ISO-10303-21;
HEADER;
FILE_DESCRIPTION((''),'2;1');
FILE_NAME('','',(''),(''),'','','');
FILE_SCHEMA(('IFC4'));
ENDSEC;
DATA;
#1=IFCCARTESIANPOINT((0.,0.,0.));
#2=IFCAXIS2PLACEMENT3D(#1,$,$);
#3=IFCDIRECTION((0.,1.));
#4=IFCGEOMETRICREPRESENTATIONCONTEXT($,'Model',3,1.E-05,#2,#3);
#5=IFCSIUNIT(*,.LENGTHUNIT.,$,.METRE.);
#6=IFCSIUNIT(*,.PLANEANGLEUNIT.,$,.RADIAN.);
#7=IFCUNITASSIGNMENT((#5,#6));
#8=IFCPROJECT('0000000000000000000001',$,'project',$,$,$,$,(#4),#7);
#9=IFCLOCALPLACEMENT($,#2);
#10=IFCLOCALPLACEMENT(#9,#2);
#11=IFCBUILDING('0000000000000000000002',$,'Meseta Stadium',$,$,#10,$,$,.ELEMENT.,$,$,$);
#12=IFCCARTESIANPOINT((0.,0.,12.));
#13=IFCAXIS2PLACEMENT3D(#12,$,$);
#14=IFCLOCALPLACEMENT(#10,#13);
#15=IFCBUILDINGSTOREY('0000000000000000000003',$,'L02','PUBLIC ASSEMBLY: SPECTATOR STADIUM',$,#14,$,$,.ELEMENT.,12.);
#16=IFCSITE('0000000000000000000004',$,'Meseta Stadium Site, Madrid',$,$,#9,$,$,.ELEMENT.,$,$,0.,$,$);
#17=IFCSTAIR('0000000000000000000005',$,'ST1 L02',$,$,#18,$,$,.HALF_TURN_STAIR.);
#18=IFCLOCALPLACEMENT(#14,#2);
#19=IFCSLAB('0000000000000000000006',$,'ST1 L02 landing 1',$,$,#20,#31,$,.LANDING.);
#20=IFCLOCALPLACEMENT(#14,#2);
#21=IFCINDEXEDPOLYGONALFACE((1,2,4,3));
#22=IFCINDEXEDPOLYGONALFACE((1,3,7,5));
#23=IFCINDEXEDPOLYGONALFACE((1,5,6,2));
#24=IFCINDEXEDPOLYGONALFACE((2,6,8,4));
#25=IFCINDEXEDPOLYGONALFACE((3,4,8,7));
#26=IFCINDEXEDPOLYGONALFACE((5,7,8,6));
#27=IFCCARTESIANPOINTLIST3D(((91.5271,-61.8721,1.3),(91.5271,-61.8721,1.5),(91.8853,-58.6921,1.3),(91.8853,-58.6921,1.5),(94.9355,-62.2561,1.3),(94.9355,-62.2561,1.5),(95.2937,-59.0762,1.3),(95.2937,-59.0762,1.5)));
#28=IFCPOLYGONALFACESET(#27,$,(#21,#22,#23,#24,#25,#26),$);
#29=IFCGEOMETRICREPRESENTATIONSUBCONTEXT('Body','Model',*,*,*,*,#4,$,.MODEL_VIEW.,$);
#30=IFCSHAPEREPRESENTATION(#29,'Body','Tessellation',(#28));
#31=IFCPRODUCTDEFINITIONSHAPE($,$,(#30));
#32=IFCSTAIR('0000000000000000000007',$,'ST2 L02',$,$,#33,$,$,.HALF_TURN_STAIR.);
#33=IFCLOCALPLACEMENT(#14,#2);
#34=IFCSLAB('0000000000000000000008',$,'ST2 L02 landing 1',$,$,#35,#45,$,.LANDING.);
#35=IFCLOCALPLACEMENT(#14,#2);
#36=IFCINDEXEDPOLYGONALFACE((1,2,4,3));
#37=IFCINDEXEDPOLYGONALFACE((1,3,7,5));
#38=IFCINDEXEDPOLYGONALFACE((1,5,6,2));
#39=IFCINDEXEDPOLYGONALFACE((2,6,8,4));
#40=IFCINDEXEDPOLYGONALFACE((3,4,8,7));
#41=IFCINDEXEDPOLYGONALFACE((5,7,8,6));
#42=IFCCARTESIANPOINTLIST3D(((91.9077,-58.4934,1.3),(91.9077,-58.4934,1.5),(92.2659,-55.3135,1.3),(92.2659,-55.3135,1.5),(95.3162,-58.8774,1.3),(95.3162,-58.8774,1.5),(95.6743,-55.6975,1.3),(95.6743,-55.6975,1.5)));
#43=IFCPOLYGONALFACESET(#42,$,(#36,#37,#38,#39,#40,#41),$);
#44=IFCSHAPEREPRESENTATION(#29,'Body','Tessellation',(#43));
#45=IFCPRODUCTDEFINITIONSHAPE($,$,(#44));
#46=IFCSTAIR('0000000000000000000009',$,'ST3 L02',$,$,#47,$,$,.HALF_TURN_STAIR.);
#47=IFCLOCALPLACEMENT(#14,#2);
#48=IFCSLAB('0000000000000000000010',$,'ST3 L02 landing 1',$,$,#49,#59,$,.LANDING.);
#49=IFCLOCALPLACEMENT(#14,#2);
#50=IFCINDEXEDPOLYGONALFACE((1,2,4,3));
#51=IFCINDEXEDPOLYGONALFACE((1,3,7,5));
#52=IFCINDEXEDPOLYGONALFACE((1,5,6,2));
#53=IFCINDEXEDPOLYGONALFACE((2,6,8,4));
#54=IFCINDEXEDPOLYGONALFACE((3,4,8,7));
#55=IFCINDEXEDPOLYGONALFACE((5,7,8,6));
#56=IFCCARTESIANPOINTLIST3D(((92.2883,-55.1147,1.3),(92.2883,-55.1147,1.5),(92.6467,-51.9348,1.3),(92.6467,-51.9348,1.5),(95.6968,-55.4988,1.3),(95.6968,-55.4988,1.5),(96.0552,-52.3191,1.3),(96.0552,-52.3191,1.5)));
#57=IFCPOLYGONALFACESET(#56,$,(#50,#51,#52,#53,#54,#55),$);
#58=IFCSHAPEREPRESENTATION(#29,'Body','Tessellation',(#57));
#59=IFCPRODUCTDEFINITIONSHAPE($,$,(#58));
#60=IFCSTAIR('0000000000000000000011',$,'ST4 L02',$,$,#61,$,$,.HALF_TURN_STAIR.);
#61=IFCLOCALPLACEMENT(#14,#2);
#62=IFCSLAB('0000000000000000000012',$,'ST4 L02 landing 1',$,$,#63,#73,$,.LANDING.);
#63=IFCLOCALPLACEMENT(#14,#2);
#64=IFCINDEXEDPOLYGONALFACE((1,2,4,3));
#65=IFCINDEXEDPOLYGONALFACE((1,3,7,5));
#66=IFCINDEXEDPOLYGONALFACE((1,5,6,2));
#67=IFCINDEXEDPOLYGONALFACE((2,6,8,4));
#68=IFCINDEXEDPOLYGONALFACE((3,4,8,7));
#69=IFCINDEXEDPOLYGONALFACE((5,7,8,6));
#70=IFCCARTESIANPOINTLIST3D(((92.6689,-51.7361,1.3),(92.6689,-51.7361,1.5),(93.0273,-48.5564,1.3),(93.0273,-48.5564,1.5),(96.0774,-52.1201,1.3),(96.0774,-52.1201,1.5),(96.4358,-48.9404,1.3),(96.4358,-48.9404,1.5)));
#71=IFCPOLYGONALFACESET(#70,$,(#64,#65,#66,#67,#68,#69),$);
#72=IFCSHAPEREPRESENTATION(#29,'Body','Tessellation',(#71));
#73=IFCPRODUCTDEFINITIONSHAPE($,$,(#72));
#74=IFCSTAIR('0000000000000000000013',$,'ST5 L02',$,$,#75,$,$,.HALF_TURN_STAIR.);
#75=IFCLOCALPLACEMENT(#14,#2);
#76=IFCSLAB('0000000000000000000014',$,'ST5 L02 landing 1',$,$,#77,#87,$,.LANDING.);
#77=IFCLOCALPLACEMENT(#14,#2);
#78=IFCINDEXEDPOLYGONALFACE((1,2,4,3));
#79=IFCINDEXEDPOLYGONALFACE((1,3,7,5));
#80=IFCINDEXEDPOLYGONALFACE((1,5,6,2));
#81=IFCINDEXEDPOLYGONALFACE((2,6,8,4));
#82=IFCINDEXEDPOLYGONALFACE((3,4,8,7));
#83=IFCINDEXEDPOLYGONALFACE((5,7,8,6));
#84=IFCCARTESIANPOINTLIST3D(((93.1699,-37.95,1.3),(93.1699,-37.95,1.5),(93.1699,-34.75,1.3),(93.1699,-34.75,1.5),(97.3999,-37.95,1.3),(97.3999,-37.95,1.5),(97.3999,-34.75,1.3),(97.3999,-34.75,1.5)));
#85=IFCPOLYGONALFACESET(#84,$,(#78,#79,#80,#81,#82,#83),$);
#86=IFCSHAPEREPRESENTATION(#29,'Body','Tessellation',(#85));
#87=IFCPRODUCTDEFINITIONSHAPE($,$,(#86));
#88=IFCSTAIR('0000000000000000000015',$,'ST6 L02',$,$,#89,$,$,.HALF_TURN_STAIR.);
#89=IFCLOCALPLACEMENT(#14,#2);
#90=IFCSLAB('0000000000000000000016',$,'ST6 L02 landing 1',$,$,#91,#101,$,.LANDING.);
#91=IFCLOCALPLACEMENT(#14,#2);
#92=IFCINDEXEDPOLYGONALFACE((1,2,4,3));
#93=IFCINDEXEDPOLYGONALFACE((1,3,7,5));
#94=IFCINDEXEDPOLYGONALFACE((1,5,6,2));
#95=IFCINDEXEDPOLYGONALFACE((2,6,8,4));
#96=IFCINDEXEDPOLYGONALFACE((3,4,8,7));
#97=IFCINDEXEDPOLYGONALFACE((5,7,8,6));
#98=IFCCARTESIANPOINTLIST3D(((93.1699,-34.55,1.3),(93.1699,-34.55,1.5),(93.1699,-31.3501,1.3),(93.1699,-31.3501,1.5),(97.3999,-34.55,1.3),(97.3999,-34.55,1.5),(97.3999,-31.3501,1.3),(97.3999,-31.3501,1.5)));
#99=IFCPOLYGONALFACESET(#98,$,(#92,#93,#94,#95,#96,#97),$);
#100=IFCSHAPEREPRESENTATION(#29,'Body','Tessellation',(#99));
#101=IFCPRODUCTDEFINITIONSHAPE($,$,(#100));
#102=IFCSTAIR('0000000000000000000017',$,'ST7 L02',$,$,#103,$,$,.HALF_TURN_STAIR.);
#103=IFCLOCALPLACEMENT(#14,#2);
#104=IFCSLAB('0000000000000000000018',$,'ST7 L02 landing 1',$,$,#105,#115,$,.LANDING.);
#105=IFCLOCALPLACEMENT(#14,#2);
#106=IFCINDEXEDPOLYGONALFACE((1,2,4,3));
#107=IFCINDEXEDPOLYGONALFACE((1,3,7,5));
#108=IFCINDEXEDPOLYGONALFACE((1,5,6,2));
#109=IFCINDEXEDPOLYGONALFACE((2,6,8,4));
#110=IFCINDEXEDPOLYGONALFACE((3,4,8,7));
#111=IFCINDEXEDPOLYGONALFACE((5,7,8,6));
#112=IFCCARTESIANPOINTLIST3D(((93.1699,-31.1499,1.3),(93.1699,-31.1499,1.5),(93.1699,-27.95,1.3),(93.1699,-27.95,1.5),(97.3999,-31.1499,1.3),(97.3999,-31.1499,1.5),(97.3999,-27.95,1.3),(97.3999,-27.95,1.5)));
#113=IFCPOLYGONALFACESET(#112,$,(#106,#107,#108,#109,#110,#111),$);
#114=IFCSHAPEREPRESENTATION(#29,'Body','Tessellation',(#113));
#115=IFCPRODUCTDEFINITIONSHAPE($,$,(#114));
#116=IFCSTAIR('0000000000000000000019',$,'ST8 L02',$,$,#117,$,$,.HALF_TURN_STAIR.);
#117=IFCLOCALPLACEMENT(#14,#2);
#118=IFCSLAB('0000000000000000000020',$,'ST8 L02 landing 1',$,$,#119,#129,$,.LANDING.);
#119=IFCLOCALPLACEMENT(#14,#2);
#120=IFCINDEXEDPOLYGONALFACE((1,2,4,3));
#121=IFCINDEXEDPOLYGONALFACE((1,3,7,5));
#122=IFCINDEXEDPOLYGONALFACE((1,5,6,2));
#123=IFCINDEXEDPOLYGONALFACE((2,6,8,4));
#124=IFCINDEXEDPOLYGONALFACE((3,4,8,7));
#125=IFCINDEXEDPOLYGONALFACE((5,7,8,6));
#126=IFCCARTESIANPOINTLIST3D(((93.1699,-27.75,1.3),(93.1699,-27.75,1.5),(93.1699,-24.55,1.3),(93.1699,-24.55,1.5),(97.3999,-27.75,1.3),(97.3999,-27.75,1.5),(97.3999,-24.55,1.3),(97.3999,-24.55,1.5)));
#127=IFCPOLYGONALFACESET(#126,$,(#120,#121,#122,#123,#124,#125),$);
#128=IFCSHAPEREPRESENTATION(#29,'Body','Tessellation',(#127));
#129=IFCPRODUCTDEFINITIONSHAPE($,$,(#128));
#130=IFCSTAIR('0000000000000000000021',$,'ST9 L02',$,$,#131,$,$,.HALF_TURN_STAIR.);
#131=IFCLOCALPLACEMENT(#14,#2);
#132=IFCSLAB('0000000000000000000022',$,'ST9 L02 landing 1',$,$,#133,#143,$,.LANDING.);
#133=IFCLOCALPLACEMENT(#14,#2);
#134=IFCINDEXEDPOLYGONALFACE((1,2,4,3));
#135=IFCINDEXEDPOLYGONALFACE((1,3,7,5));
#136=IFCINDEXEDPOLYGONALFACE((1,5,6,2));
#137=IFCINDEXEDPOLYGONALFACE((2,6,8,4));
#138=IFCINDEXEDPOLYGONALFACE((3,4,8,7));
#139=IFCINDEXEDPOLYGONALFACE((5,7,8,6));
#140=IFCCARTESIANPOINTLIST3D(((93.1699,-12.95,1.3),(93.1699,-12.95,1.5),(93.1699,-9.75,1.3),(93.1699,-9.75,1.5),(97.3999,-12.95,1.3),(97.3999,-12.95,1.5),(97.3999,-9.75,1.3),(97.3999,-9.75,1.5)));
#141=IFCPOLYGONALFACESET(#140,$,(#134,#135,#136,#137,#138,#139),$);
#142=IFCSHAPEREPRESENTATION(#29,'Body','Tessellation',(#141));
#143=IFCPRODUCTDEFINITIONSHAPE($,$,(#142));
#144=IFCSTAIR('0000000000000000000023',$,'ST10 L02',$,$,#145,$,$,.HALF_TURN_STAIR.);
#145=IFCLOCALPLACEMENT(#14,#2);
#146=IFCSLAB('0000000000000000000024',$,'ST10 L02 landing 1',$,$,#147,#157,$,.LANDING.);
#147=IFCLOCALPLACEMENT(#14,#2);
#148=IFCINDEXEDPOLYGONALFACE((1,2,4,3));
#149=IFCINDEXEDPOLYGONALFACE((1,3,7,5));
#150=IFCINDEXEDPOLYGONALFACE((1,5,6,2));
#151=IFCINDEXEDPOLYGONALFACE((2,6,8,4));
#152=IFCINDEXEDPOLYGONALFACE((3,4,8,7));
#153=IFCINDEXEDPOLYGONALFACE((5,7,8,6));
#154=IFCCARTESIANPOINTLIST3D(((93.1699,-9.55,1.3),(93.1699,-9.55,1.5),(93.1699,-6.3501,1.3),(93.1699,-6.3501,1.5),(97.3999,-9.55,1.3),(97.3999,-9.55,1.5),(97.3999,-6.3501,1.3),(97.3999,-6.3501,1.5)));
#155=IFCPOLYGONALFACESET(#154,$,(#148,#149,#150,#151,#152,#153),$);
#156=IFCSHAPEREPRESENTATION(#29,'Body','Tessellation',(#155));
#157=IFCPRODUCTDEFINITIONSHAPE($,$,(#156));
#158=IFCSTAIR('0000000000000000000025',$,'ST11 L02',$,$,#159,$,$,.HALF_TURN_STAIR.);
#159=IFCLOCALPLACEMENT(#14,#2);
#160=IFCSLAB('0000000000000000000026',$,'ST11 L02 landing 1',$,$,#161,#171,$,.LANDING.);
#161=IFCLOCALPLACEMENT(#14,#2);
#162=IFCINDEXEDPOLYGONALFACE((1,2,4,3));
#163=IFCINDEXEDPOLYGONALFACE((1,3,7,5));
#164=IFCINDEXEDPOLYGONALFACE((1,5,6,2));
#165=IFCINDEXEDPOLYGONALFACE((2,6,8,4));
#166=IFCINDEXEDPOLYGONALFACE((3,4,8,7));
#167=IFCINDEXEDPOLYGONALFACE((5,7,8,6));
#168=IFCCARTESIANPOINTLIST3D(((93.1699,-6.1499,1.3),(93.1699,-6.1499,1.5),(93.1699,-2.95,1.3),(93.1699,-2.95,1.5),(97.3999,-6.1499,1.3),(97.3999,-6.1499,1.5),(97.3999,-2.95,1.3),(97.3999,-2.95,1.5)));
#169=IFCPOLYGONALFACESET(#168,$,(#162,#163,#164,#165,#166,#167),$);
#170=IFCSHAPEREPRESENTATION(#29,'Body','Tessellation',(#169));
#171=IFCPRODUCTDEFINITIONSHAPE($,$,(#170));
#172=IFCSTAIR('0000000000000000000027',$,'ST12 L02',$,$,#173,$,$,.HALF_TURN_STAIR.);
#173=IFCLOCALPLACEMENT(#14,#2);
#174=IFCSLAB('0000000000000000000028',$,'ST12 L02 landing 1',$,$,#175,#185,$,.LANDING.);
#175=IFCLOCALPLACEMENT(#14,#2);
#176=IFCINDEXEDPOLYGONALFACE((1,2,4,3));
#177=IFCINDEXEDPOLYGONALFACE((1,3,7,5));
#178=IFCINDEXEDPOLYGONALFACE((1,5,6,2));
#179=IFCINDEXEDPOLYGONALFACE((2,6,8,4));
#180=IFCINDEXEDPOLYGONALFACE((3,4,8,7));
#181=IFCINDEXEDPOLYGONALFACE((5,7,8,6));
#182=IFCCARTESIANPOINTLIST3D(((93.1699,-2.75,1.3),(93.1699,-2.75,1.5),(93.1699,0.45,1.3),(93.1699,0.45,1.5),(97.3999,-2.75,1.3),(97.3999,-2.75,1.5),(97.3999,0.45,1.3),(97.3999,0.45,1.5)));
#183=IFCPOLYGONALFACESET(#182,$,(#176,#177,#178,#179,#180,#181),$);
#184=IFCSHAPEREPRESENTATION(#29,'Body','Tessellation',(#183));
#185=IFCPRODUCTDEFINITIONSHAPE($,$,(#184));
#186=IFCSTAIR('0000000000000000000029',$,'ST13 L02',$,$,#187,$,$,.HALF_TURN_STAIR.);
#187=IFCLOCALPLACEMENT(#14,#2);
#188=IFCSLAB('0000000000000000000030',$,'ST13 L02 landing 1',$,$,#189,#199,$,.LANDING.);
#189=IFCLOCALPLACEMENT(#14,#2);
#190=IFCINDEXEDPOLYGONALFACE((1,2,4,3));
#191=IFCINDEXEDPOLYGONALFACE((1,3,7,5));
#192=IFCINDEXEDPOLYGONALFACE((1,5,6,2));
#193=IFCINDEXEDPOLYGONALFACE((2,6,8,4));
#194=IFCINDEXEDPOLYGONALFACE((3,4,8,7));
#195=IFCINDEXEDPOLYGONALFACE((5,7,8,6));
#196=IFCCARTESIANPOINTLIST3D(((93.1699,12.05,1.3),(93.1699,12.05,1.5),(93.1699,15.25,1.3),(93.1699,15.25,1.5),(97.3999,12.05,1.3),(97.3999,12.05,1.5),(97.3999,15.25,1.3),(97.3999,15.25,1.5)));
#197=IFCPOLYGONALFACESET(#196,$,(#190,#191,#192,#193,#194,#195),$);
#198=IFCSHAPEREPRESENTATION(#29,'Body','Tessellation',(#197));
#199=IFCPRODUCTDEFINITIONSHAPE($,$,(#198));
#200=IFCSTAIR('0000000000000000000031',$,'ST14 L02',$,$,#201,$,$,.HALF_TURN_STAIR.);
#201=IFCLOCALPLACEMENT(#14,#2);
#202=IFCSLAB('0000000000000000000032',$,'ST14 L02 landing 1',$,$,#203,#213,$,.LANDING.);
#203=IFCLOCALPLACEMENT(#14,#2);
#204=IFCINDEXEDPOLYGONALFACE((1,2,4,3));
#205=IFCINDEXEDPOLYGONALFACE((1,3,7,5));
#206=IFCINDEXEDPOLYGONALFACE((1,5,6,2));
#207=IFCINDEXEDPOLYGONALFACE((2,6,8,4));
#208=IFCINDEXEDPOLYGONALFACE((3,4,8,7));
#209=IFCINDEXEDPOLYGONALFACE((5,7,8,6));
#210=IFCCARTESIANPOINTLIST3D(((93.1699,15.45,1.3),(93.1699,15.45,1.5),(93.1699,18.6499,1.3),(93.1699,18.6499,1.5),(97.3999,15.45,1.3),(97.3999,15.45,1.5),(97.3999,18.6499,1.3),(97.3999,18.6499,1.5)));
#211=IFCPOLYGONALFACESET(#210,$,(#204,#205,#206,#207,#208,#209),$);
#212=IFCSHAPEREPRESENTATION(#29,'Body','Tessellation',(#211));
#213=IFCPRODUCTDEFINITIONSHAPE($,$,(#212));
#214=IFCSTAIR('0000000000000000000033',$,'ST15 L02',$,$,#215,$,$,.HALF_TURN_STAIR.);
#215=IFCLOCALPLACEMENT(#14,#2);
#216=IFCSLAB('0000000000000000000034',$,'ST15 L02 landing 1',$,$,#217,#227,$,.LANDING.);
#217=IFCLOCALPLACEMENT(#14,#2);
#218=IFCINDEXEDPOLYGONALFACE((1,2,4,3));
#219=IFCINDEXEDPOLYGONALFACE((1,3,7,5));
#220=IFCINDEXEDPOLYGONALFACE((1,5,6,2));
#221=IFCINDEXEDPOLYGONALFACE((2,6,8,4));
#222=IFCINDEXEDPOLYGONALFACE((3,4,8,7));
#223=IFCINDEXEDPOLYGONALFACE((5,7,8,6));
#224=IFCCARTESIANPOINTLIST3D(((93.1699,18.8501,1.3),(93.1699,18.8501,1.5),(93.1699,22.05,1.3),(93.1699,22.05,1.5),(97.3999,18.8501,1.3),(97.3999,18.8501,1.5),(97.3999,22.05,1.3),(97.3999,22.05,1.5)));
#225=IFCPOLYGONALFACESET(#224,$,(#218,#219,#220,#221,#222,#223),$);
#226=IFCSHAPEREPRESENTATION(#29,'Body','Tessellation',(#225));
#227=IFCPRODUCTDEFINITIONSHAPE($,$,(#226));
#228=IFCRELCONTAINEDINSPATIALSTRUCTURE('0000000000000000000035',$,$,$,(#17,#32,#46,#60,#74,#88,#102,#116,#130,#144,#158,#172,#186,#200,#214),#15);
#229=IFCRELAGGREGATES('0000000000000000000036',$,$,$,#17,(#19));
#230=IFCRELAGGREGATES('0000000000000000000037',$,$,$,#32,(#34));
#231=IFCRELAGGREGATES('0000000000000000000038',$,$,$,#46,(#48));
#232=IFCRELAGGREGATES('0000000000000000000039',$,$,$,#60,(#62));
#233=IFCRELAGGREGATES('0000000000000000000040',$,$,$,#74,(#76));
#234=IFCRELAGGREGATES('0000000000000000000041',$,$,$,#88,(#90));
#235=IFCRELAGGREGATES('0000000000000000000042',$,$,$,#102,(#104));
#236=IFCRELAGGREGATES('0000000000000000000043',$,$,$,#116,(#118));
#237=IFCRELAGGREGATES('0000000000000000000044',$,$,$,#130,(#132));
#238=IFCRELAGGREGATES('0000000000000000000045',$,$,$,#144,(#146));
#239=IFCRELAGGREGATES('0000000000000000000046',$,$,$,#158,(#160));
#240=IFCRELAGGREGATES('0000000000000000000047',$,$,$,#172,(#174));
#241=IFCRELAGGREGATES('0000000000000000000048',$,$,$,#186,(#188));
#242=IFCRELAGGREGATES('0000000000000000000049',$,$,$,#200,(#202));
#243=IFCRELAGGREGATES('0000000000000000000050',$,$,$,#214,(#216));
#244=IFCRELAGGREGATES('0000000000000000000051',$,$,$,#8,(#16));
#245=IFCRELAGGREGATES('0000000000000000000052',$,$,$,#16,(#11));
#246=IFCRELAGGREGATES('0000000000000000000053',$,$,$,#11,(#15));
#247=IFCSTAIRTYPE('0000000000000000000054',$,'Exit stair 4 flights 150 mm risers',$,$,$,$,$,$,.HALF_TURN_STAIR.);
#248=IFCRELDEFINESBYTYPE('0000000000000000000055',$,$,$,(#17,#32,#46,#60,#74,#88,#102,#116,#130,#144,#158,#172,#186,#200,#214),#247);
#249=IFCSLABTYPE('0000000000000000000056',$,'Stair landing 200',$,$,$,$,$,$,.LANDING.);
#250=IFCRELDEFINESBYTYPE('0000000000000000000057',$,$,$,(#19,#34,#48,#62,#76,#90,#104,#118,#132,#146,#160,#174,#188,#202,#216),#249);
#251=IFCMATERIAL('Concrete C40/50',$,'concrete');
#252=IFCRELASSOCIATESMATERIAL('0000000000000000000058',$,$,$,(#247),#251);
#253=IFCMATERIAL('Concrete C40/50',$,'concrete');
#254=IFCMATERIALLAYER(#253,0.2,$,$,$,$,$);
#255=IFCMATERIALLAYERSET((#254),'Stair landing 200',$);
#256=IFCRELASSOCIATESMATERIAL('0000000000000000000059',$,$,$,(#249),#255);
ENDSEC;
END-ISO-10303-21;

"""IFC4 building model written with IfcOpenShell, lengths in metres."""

from ifc_helpers import new_model, si_unit, direction, frame, origin, place, context, subcontext, project, spatial, polyline, outline, extrude, material, layer, layer_set, type_object, element, aggregate, save


model = new_model("IFC4")

# Units and contexts
model_context = context("Model", 3, precision=1e-05, world=origin(), true_north=direction((0.0, 1.0)))
body_context = subcontext(model_context, "Body", "Model", "MODEL_VIEW")
ifc_project = project(units=[si_unit("LENGTHUNIT", "METRE"), si_unit("PLANEANGLEUNIT", "RADIAN")], contexts=[model_context])

# Site, building, storey
site_placement = place(None, origin())
site = spatial("IfcSite", under=ifc_project, at=site_placement, Name="Meseta Stadium Site, Madrid", CompositionType="ELEMENT", RefElevation=0.0)
building_placement = place(site_placement, origin())
building = spatial("IfcBuilding", under=site, at=building_placement, Name="Meseta Stadium", CompositionType="ELEMENT")
storey_placement = place(building_placement, frame((0.0, 0.0, 12.0)))
storey = spatial("IfcBuildingStorey", under=building, at=storey_placement, Name="L02", Description="PUBLIC ASSEMBLY: SPECTATOR STADIUM", CompositionType="ELEMENT", Elevation=12.0)

# Stairs, slabs
ifc_material_1 = material(Name="Concrete C40/50", Category="concrete")
stair_type = type_object("IfcStairType", Name="Exit stair 4 flights 150 mm risers", PredefinedType="HALF_TURN_STAIR", material=ifc_material_1)
stair_1_placement = place(storey_placement, origin())
stair_1 = element("IfcStair", 1, at=stair_1_placement, inside=storey, type_object=stair_type, Name="ST1 L02", PredefinedType="HALF_TURN_STAIR")
ifc_material_2 = material(Name="Concrete C40/50", Category="concrete")
ifc_layer = layer(ifc_material_2, 0.2)
ifc_layer_set = layer_set([ifc_layer], Name="Stair landing 200")
slab_type = type_object("IfcSlabType", Name="Stair landing 200", PredefinedType="LANDING", material=ifc_layer_set)
slab_1_placement = place(storey_placement, frame((0.0, 0.0, 1.3)))
slab_1 = element("IfcSlab", 2, at=slab_1_placement, type_object=slab_type, Name="ST1 L02 landing 1", PredefinedType="LANDING", context=body_context, shape_type="SweptSolid", body=[
    extrude(outline(polyline([(91.5271, -61.8721), (94.9355, -62.2561), (95.2937, -59.0762), (91.8853, -58.6921), (91.5271, -61.8721)])), origin(), (0.0, 0.0, 1.0), 0.2),
])
aggregate(stair_1, [slab_1])
stair_2_placement = place(storey_placement, origin())
stair_2 = element("IfcStair", 3, at=stair_2_placement, inside=storey, type_object=stair_type, Name="ST2 L02", PredefinedType="HALF_TURN_STAIR")
slab_2_placement = place(storey_placement, frame((0.0, 0.0, 1.3)))
slab_2 = element("IfcSlab", 4, at=slab_2_placement, type_object=slab_type, Name="ST2 L02 landing 1", PredefinedType="LANDING", context=body_context, shape_type="SweptSolid", body=[
    extrude(outline(polyline([(91.9077, -58.4934), (95.3162, -58.8774), (95.6743, -55.6975), (92.2659, -55.3135), (91.9077, -58.4934)])), origin(), (0.0, 0.0, 1.0), 0.2),
])
aggregate(stair_2, [slab_2])
stair_3_placement = place(storey_placement, origin())
stair_3 = element("IfcStair", 5, at=stair_3_placement, inside=storey, type_object=stair_type, Name="ST3 L02", PredefinedType="HALF_TURN_STAIR")
slab_3_placement = place(storey_placement, frame((0.0, 0.0, 1.3)))
slab_3 = element("IfcSlab", 6, at=slab_3_placement, type_object=slab_type, Name="ST3 L02 landing 1", PredefinedType="LANDING", context=body_context, shape_type="SweptSolid", body=[
    extrude(outline(polyline([(92.2883, -55.1147), (95.6968, -55.4988), (96.0552, -52.3191), (92.6467, -51.9348), (92.2883, -55.1147)])), origin(), (0.0, 0.0, 1.0), 0.2),
])
aggregate(stair_3, [slab_3])
stair_4_placement = place(storey_placement, origin())
stair_4 = element("IfcStair", 7, at=stair_4_placement, inside=storey, type_object=stair_type, Name="ST4 L02", PredefinedType="HALF_TURN_STAIR")
slab_4_placement = place(storey_placement, frame((0.0, 0.0, 1.3)))
slab_4 = element("IfcSlab", 8, at=slab_4_placement, type_object=slab_type, Name="ST4 L02 landing 1", PredefinedType="LANDING", context=body_context, shape_type="SweptSolid", body=[
    extrude(outline(polyline([(92.6689, -51.7361), (96.0774, -52.1201), (96.4358, -48.9404), (93.0273, -48.5564), (92.6689, -51.7361)])), origin(), (0.0, 0.0, 1.0), 0.2),
])
aggregate(stair_4, [slab_4])
stair_5_placement = place(storey_placement, origin())
stair_5 = element("IfcStair", 9, at=stair_5_placement, inside=storey, type_object=stair_type, Name="ST5 L02", PredefinedType="HALF_TURN_STAIR")
slab_5_placement = place(storey_placement, frame((0.0, 0.0, 1.3)))
slab_5 = element("IfcSlab", 10, at=slab_5_placement, type_object=slab_type, Name="ST5 L02 landing 1", PredefinedType="LANDING", context=body_context, shape_type="SweptSolid", body=[
    extrude(outline(polyline([(93.1699, -37.95), (97.3999, -37.95), (97.3999, -34.75), (93.1699, -34.75), (93.1699, -37.95)])), origin(), (0.0, 0.0, 1.0), 0.2),
])
aggregate(stair_5, [slab_5])
stair_6_placement = place(storey_placement, origin())
stair_6 = element("IfcStair", 11, at=stair_6_placement, inside=storey, type_object=stair_type, Name="ST6 L02", PredefinedType="HALF_TURN_STAIR")
slab_6_placement = place(storey_placement, frame((0.0, 0.0, 1.3)))
slab_6 = element("IfcSlab", 12, at=slab_6_placement, type_object=slab_type, Name="ST6 L02 landing 1", PredefinedType="LANDING", context=body_context, shape_type="SweptSolid", body=[
    extrude(outline(polyline([(93.1699, -34.55), (97.3999, -34.55), (97.3999, -31.3501), (93.1699, -31.3501), (93.1699, -34.55)])), origin(), (0.0, 0.0, 1.0), 0.2),
])
aggregate(stair_6, [slab_6])
stair_7_placement = place(storey_placement, origin())
stair_7 = element("IfcStair", 13, at=stair_7_placement, inside=storey, type_object=stair_type, Name="ST7 L02", PredefinedType="HALF_TURN_STAIR")
slab_7_placement = place(storey_placement, frame((0.0, 0.0, 1.3)))
slab_7 = element("IfcSlab", 14, at=slab_7_placement, type_object=slab_type, Name="ST7 L02 landing 1", PredefinedType="LANDING", context=body_context, shape_type="SweptSolid", body=[
    extrude(outline(polyline([(93.1699, -31.1499), (97.3999, -31.1499), (97.3999, -27.95), (93.1699, -27.95), (93.1699, -31.1499)])), origin(), (0.0, 0.0, 1.0), 0.2),
])
aggregate(stair_7, [slab_7])
stair_8_placement = place(storey_placement, origin())
stair_8 = element("IfcStair", 15, at=stair_8_placement, inside=storey, type_object=stair_type, Name="ST8 L02", PredefinedType="HALF_TURN_STAIR")
slab_8_placement = place(storey_placement, frame((0.0, 0.0, 1.3)))
slab_8 = element("IfcSlab", 16, at=slab_8_placement, type_object=slab_type, Name="ST8 L02 landing 1", PredefinedType="LANDING", context=body_context, shape_type="SweptSolid", body=[
    extrude(outline(polyline([(93.1699, -27.75), (97.3999, -27.75), (97.3999, -24.55), (93.1699, -24.55), (93.1699, -27.75)])), origin(), (0.0, 0.0, 1.0), 0.2),
])
aggregate(stair_8, [slab_8])
stair_9_placement = place(storey_placement, origin())
stair_9 = element("IfcStair", 17, at=stair_9_placement, inside=storey, type_object=stair_type, Name="ST9 L02", PredefinedType="HALF_TURN_STAIR")
slab_9_placement = place(storey_placement, frame((0.0, 0.0, 1.3)))
slab_9 = element("IfcSlab", 18, at=slab_9_placement, type_object=slab_type, Name="ST9 L02 landing 1", PredefinedType="LANDING", context=body_context, shape_type="SweptSolid", body=[
    extrude(outline(polyline([(93.1699, -12.95), (97.3999, -12.95), (97.3999, -9.75), (93.1699, -9.75), (93.1699, -12.95)])), origin(), (0.0, 0.0, 1.0), 0.2),
])
aggregate(stair_9, [slab_9])
stair_10_placement = place(storey_placement, origin())
stair_10 = element("IfcStair", 19, at=stair_10_placement, inside=storey, type_object=stair_type, Name="ST10 L02", PredefinedType="HALF_TURN_STAIR")
slab_10_placement = place(storey_placement, frame((0.0, 0.0, 1.3)))
slab_10 = element("IfcSlab", 20, at=slab_10_placement, type_object=slab_type, Name="ST10 L02 landing 1", PredefinedType="LANDING", context=body_context, shape_type="SweptSolid", body=[
    extrude(outline(polyline([(93.1699, -9.55), (97.3999, -9.55), (97.3999, -6.3501), (93.1699, -6.3501), (93.1699, -9.55)])), origin(), (0.0, 0.0, 1.0), 0.2),
])
aggregate(stair_10, [slab_10])
stair_11_placement = place(storey_placement, origin())
stair_11 = element("IfcStair", 21, at=stair_11_placement, inside=storey, type_object=stair_type, Name="ST11 L02", PredefinedType="HALF_TURN_STAIR")
slab_11_placement = place(storey_placement, frame((0.0, 0.0, 1.3)))
slab_11 = element("IfcSlab", 22, at=slab_11_placement, type_object=slab_type, Name="ST11 L02 landing 1", PredefinedType="LANDING", context=body_context, shape_type="SweptSolid", body=[
    extrude(outline(polyline([(93.1699, -6.1499), (97.3999, -6.1499), (97.3999, -2.95), (93.1699, -2.95), (93.1699, -6.1499)])), origin(), (0.0, 0.0, 1.0), 0.2),
])
aggregate(stair_11, [slab_11])
stair_12_placement = place(storey_placement, origin())
stair_12 = element("IfcStair", 23, at=stair_12_placement, inside=storey, type_object=stair_type, Name="ST12 L02", PredefinedType="HALF_TURN_STAIR")
slab_12_placement = place(storey_placement, frame((0.0, 0.0, 1.3)))
slab_12 = element("IfcSlab", 24, at=slab_12_placement, type_object=slab_type, Name="ST12 L02 landing 1", PredefinedType="LANDING", context=body_context, shape_type="SweptSolid", body=[
    extrude(outline(polyline([(93.1699, -2.75), (97.3999, -2.75), (97.3999, 0.45), (93.1699, 0.45), (93.1699, -2.75)])), origin(), (0.0, 0.0, 1.0), 0.2),
])
aggregate(stair_12, [slab_12])
stair_13_placement = place(storey_placement, origin())
stair_13 = element("IfcStair", 25, at=stair_13_placement, inside=storey, type_object=stair_type, Name="ST13 L02", PredefinedType="HALF_TURN_STAIR")
slab_13_placement = place(storey_placement, frame((0.0, 0.0, 1.3)))
slab_13 = element("IfcSlab", 26, at=slab_13_placement, type_object=slab_type, Name="ST13 L02 landing 1", PredefinedType="LANDING", context=body_context, shape_type="SweptSolid", body=[
    extrude(outline(polyline([(93.1699, 12.05), (97.3999, 12.05), (97.3999, 15.25), (93.1699, 15.25), (93.1699, 12.05)])), origin(), (0.0, 0.0, 1.0), 0.2),
])
aggregate(stair_13, [slab_13])
stair_14_placement = place(storey_placement, origin())
stair_14 = element("IfcStair", 27, at=stair_14_placement, inside=storey, type_object=stair_type, Name="ST14 L02", PredefinedType="HALF_TURN_STAIR")
slab_14_placement = place(storey_placement, frame((0.0, 0.0, 1.3)))
slab_14 = element("IfcSlab", 28, at=slab_14_placement, type_object=slab_type, Name="ST14 L02 landing 1", PredefinedType="LANDING", context=body_context, shape_type="SweptSolid", body=[
    extrude(outline(polyline([(93.1699, 15.45), (97.3999, 15.45), (97.3999, 18.6499), (93.1699, 18.6499), (93.1699, 15.45)])), origin(), (0.0, 0.0, 1.0), 0.2),
])
aggregate(stair_14, [slab_14])
stair_15_placement = place(storey_placement, origin())
stair_15 = element("IfcStair", 29, at=stair_15_placement, inside=storey, type_object=stair_type, Name="ST15 L02", PredefinedType="HALF_TURN_STAIR")
slab_15_placement = place(storey_placement, frame((0.0, 0.0, 1.3)))
slab_15 = element("IfcSlab", 30, at=slab_15_placement, type_object=slab_type, Name="ST15 L02 landing 1", PredefinedType="LANDING", context=body_context, shape_type="SweptSolid", body=[
    extrude(outline(polyline([(93.1699, 18.8501), (97.3999, 18.8501), (97.3999, 22.05), (93.1699, 22.05), (93.1699, 18.8501)])), origin(), (0.0, 0.0, 1.0), 0.2),
])
aggregate(stair_15, [slab_15])

save(model, "model.ifc")
